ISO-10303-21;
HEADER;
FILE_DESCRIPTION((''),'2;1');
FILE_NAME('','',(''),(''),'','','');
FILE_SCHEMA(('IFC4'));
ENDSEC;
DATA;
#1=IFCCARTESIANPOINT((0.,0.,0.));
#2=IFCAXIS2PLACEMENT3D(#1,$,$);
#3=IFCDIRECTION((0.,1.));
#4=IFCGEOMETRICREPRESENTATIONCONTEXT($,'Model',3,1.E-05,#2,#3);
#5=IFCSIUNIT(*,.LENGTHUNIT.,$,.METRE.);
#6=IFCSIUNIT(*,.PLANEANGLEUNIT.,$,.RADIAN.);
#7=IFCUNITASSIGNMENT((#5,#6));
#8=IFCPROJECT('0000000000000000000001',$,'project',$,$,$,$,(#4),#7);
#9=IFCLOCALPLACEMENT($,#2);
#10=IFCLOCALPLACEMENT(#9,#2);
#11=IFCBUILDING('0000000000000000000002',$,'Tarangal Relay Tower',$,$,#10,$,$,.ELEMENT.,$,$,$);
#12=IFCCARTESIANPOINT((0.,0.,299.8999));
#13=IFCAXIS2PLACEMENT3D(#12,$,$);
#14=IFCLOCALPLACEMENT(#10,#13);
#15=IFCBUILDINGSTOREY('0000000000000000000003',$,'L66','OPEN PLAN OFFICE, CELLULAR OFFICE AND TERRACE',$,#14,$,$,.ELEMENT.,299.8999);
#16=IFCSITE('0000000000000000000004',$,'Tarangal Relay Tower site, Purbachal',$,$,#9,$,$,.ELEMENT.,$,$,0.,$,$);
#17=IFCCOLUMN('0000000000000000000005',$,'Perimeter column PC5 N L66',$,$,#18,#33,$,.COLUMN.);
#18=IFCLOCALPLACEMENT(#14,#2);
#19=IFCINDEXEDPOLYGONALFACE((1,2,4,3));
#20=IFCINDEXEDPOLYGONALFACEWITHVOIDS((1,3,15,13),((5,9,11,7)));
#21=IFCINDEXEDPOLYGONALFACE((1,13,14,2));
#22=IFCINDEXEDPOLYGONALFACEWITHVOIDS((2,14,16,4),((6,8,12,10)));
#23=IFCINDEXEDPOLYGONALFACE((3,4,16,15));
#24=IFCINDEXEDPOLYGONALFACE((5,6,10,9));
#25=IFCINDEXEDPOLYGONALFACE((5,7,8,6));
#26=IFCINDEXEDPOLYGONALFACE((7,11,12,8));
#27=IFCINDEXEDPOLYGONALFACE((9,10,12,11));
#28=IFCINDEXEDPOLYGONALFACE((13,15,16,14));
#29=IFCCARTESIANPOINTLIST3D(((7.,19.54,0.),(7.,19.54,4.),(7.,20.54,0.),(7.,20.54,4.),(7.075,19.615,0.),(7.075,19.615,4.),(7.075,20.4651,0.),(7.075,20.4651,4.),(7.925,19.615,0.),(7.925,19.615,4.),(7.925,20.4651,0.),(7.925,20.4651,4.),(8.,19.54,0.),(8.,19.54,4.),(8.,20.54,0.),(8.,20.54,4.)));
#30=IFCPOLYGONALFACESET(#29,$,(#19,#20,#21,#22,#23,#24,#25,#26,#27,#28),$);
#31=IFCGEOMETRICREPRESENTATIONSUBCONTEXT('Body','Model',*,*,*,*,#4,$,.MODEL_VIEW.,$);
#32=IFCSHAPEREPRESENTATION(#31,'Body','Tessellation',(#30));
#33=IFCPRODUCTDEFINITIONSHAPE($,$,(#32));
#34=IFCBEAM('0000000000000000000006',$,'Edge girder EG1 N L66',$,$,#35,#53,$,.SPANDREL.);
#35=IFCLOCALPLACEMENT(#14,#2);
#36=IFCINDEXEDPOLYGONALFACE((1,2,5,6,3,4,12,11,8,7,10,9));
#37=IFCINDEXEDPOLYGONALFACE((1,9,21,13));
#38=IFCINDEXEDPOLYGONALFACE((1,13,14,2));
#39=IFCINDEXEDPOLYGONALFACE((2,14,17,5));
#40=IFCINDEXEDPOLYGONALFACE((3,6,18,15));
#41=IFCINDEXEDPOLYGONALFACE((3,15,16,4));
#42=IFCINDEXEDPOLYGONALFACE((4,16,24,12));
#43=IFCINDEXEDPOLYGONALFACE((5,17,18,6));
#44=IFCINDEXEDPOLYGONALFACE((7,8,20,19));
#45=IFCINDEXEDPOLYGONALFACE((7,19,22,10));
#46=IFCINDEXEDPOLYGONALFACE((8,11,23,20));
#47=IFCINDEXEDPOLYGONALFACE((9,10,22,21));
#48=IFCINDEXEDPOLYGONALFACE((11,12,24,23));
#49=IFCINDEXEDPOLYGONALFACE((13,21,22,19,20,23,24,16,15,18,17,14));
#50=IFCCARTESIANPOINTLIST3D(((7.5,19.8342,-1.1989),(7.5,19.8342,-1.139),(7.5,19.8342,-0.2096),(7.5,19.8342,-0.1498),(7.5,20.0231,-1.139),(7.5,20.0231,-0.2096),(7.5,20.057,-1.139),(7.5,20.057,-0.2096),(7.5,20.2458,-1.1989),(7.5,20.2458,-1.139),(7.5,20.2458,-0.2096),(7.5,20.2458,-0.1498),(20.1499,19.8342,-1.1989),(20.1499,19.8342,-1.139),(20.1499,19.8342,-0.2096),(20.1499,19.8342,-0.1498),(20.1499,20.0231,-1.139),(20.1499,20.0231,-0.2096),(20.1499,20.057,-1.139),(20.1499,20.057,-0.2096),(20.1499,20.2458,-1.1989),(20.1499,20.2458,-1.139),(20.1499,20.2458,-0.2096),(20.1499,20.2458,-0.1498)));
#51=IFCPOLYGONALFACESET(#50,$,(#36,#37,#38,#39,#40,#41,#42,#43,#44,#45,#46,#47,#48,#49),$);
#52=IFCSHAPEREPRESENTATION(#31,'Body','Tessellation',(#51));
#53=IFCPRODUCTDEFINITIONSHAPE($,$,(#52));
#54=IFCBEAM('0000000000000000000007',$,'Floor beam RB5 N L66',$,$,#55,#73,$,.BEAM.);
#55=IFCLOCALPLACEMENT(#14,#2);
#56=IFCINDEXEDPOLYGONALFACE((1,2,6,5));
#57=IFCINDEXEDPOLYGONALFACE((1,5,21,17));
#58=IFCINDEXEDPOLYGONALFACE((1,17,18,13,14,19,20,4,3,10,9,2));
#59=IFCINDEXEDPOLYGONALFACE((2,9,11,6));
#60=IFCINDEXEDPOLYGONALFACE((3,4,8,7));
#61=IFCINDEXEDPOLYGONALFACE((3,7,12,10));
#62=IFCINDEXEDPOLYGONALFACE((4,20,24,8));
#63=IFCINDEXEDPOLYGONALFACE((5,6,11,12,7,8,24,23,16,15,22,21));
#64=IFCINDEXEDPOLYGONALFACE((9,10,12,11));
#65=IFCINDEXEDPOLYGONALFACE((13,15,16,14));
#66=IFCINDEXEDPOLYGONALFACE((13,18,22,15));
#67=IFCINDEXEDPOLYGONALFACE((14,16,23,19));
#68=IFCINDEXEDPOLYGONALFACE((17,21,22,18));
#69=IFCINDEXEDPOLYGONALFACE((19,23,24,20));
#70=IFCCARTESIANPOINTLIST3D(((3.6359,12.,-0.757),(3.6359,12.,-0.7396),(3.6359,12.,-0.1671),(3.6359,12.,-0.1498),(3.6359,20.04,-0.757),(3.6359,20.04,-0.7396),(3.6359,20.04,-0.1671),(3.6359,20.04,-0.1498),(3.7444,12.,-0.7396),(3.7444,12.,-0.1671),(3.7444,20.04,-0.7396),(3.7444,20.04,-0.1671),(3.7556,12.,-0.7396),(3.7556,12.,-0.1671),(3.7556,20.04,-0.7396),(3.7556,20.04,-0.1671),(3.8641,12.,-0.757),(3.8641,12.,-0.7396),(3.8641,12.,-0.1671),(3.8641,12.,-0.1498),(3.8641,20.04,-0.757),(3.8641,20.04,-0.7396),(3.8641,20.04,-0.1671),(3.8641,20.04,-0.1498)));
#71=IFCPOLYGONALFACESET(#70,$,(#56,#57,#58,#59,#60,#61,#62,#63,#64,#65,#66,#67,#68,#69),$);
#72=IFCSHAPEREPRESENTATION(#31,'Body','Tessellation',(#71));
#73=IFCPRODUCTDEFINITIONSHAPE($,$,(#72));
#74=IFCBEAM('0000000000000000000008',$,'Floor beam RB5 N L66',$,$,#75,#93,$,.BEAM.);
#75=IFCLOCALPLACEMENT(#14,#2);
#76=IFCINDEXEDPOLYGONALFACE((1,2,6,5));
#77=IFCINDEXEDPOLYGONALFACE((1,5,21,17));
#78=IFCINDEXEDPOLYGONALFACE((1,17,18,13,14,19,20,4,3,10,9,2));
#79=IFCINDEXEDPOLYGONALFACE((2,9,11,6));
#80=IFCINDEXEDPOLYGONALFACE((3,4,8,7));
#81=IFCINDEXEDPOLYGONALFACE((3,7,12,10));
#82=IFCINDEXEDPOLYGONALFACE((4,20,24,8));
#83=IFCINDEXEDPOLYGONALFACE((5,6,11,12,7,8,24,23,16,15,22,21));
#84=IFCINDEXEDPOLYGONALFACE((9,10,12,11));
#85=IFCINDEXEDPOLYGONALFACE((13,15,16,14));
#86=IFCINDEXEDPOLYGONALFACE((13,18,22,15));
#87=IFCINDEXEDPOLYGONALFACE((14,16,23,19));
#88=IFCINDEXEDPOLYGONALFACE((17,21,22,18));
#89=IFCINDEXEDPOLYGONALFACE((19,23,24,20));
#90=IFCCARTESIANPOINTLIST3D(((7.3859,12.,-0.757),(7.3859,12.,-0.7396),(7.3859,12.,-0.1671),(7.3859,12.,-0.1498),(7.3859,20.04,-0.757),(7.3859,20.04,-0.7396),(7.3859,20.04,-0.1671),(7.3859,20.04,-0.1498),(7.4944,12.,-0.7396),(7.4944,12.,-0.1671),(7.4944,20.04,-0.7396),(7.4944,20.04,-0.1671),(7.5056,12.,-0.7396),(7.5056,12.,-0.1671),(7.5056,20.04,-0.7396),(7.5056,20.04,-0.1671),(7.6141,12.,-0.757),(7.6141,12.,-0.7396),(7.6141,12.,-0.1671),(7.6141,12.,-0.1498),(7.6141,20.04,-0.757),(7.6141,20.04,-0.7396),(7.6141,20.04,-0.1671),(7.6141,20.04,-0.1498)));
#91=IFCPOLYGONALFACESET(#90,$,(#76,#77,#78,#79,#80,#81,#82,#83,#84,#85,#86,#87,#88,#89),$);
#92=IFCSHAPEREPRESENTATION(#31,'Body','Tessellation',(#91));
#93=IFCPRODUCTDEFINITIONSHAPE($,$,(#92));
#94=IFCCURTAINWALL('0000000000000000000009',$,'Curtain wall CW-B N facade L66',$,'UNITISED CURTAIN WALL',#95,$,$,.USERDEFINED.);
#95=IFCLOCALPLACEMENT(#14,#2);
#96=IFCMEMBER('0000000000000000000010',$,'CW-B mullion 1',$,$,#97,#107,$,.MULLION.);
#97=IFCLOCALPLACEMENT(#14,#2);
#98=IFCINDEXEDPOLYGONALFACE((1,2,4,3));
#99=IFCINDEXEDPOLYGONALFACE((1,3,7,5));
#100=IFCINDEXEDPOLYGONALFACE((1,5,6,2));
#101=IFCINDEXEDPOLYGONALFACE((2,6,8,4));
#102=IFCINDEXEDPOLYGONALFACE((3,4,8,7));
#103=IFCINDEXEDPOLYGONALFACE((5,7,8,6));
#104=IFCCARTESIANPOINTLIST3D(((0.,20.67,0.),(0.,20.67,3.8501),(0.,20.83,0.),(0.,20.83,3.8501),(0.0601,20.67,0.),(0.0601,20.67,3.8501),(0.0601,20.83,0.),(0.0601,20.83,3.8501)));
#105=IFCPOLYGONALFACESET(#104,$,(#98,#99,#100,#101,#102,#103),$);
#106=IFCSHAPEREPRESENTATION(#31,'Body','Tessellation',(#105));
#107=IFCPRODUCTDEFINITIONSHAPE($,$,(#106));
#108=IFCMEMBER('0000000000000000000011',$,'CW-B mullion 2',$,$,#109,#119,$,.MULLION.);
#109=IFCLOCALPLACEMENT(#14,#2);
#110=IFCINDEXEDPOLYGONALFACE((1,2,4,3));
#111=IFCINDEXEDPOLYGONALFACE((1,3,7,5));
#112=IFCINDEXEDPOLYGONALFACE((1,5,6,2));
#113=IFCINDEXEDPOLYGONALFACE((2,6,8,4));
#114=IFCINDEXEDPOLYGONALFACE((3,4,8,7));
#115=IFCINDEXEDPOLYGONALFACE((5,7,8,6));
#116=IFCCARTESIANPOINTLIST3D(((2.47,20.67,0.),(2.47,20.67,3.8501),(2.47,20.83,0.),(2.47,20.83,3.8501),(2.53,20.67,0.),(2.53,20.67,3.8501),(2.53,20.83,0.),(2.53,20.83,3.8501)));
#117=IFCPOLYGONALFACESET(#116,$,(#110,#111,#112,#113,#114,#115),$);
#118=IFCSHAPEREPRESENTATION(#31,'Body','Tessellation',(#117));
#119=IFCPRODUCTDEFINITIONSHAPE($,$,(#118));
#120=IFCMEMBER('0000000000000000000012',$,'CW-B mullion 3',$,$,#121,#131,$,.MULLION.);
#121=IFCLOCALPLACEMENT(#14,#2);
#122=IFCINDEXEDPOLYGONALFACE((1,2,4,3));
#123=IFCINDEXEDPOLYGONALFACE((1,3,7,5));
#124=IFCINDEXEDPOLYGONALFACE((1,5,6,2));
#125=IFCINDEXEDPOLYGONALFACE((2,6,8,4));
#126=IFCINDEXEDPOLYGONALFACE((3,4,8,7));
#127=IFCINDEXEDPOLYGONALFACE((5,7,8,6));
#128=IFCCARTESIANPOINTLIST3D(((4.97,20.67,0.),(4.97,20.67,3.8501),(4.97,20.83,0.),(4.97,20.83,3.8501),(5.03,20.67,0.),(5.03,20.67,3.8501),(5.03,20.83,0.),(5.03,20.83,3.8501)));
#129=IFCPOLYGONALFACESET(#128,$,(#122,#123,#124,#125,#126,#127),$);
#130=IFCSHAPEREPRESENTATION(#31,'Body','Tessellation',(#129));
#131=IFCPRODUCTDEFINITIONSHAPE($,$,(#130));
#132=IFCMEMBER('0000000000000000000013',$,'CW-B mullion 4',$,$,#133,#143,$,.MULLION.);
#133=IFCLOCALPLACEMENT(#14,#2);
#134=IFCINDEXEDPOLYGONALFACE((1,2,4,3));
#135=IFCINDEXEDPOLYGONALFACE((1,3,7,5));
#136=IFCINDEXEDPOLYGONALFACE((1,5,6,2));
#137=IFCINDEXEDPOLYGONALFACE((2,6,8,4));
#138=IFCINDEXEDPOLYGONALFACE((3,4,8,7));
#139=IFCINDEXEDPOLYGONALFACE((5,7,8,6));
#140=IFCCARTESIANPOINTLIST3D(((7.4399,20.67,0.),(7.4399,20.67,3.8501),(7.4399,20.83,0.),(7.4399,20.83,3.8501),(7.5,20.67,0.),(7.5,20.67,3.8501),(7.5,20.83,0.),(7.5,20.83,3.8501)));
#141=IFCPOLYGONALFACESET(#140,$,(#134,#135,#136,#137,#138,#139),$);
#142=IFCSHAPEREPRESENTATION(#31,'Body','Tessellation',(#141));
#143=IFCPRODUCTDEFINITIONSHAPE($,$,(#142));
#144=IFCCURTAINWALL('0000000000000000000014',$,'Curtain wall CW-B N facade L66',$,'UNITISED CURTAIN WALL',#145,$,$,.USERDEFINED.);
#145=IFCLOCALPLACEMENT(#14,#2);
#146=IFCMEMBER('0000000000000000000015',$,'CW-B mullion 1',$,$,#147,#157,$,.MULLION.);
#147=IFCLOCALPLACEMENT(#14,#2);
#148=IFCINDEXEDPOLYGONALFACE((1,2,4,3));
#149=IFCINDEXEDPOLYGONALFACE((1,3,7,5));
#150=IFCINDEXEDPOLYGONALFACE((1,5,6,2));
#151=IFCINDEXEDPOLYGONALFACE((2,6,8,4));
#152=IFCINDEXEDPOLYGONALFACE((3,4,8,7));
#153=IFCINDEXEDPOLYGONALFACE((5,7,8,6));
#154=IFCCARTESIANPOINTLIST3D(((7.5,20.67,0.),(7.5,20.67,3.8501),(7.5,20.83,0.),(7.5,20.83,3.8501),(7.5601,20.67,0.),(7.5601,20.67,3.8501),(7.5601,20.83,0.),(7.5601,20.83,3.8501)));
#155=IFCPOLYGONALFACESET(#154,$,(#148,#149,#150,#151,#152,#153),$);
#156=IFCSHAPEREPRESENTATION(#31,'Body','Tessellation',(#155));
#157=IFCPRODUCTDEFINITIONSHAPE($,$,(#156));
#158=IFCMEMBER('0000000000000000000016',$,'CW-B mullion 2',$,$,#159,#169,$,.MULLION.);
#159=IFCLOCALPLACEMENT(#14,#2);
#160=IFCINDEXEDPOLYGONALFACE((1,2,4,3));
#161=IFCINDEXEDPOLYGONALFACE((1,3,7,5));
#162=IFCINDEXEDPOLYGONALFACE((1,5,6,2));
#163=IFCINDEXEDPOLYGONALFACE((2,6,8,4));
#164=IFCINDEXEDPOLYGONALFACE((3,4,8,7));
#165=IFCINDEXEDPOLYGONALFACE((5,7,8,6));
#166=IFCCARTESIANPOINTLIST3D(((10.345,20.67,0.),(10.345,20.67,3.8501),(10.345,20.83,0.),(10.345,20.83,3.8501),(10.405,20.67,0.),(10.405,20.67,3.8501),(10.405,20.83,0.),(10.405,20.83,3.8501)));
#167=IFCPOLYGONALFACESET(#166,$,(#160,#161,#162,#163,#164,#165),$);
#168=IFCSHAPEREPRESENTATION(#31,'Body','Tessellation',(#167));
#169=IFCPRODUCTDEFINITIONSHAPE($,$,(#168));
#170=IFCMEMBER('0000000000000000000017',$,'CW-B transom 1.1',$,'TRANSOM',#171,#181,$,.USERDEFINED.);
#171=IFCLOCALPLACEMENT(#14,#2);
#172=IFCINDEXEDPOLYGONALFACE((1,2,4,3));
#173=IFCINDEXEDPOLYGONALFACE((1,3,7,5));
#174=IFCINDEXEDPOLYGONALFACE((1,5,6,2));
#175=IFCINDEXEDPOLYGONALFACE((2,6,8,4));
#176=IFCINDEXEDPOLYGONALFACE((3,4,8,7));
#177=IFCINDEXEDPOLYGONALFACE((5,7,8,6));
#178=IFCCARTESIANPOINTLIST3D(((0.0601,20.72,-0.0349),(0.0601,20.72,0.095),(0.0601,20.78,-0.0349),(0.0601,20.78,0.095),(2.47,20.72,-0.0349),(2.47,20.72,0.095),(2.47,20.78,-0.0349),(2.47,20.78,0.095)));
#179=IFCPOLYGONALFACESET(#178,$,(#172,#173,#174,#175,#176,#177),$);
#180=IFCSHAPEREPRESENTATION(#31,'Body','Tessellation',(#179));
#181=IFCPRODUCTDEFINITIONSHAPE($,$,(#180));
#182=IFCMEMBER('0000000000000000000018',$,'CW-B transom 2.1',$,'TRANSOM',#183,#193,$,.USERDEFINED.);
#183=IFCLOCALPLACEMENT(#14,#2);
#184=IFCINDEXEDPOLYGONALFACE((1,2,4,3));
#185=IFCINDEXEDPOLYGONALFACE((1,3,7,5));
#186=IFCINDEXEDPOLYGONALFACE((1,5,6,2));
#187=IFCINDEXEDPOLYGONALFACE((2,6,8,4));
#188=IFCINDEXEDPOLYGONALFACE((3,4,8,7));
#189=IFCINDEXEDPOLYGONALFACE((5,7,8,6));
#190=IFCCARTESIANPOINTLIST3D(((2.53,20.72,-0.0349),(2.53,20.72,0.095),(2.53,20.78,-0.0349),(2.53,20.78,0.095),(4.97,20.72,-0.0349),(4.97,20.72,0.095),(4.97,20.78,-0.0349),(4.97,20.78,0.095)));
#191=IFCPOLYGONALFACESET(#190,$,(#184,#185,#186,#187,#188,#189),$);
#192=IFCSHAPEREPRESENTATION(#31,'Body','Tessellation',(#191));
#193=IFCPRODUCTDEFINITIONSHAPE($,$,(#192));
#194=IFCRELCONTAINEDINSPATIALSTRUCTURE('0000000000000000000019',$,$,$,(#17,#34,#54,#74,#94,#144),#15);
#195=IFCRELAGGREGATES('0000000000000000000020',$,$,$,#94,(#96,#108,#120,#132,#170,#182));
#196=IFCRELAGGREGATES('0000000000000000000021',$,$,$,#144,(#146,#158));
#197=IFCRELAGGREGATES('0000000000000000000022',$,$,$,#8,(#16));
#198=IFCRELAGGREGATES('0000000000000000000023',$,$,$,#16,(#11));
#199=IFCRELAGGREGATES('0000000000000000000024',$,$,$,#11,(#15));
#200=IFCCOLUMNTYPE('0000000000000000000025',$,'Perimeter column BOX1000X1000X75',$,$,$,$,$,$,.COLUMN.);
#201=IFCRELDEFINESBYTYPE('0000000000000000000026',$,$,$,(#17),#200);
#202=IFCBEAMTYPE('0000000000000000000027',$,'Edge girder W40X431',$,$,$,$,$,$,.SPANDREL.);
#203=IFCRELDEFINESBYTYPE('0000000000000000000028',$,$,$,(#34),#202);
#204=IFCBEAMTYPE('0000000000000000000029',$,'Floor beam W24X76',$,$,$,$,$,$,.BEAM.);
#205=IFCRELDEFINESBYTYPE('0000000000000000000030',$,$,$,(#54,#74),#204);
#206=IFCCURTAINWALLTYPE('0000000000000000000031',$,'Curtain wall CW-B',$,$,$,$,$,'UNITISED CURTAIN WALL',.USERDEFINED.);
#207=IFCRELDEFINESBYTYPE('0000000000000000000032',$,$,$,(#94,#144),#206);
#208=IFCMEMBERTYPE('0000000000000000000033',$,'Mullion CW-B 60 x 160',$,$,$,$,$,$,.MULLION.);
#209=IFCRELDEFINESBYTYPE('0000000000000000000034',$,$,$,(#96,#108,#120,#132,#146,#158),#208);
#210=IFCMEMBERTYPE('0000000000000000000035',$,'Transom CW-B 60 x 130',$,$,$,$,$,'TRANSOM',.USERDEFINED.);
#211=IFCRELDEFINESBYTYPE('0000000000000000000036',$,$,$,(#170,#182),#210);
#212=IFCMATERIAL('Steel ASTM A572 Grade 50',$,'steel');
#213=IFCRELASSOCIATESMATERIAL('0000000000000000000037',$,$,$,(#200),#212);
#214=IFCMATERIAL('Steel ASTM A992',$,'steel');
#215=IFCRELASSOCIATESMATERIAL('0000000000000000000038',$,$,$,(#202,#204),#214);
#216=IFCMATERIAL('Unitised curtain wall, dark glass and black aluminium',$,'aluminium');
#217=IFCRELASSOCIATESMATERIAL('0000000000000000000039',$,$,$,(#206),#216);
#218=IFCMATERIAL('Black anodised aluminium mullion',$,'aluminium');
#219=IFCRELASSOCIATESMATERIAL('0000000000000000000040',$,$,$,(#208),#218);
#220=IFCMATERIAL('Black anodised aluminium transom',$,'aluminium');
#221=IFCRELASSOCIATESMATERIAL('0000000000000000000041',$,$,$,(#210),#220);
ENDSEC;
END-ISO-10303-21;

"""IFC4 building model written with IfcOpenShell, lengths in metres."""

from ifc_helpers import new_model, si_unit, direction, frame, origin, origin_2d, place, context, subcontext, project, spatial, rectangle, hollow_rectangle, i_section, extrude, material, material_profile, profile_set, type_object, element, aggregate, save


model = new_model("IFC4")

# Units and contexts
model_context = context("Model", 3, precision=1e-05, world=origin(), true_north=direction((0.0, 1.0)))
body_context = subcontext(model_context, "Body", "Model", "MODEL_VIEW")
ifc_project = project(units=[si_unit("LENGTHUNIT", "METRE"), si_unit("PLANEANGLEUNIT", "RADIAN")], contexts=[model_context])

# Site, building, storey
site_placement = place(None, origin())
site = spatial("IfcSite", under=ifc_project, at=site_placement, Name="Tarangal Relay Tower site, Purbachal", CompositionType="ELEMENT", RefElevation=0.0)
building_placement = place(site_placement, origin())
building = spatial("IfcBuilding", under=site, at=building_placement, Name="Tarangal Relay Tower", CompositionType="ELEMENT")
storey_placement = place(building_placement, frame((0.0, 0.0, 299.8999)))
storey = spatial("IfcBuildingStorey", under=building, at=storey_placement, Name="L66", Description="OPEN PLAN OFFICE, CELLULAR OFFICE AND TERRACE", CompositionType="ELEMENT", Elevation=299.8999)

# Column
ifc_material_1 = material(Name="Steel ASTM A572 Grade 50", Category="steel")
ifc_material_profile_1 = material_profile(ifc_material_1, hollow_rectangle(XDim=1.0, YDim=1.0, WallThickness=0.075, at=origin_2d()), Name="BOX1000X1000X75")
ifc_profile_set_1 = profile_set([ifc_material_profile_1], Name="Steel ASTM A572 Grade 50")
column_type = type_object("IfcColumnType", Name="Perimeter column BOX1000X1000X75", PredefinedType="COLUMN", material=ifc_profile_set_1)
column_placement = place(storey_placement, frame((7.5, 20.04, 0.0), z_axis=(0.0, 0.0, 1.0), x_axis=(1.0, 0.0, 0.0)))
element("IfcColumn", 1, at=column_placement, inside=storey, type_object=column_type, Name="Perimeter column PC5 N L66", PredefinedType="COLUMN", context=body_context, shape_type="SweptSolid", body=[
    extrude(hollow_rectangle(XDim=1.0, YDim=1.0, WallThickness=0.075, at=origin_2d()), origin(), (0.0, 0.0, 1.0), 4.0),
])

# Beams
ifc_material_2 = material(Name="Steel ASTM A992", Category="steel")
ifc_material_profile_2 = material_profile(ifc_material_2, i_section(OverallWidth=0.4116, OverallDepth=1.0491, WebThickness=0.0339, FlangeThickness=0.0598, at=origin_2d()), Name="W40X431")
ifc_profile_set_2 = profile_set([ifc_material_profile_2], Name="Steel ASTM A992")
beam_type_1 = type_object("IfcBeamType", Name="Edge girder W40X431", PredefinedType="SPANDREL", material=ifc_profile_set_2)
beam_placement = place(storey_placement, frame((7.5, 20.04, -0.6743), z_axis=(1.0, 0.0, 0.0), x_axis=(0.0, 1.0, 0.0)))
element("IfcBeam", 2, at=beam_placement, inside=storey, type_object=beam_type_1, Name="Edge girder EG1 N L66", PredefinedType="SPANDREL", context=body_context, shape_type="SweptSolid", body=[
    extrude(i_section(OverallWidth=0.4116, OverallDepth=1.0491, WebThickness=0.0339, FlangeThickness=0.0598, at=origin_2d()), origin(), (0.0, 0.0, 1.0), 12.6499),
])
ifc_material_profile_3 = material_profile(ifc_material_2, i_section(OverallWidth=0.2283, OverallDepth=0.6072, WebThickness=0.0112, FlangeThickness=0.0173, at=origin_2d()), Name="W24X76")
ifc_profile_set_3 = profile_set([ifc_material_profile_3], Name="Steel ASTM A992")
beam_type_2 = type_object("IfcBeamType", Name="Floor beam W24X76", PredefinedType="BEAM", material=ifc_profile_set_3)
for number, where, z_axis, x_axis, name in (
    (3, (3.75, 12.0, -0.4534), (0.0, 1.0, 0.0), (-1.0, 0.0, 0.0), "Floor beam RB5 N L66"),
    (4, (7.5, 12.0, -0.4534), (0.0, 1.0, 0.0), (-1.0, 0.0, 0.0), "Floor beam RB5 N L66"),
):
    element("IfcBeam", number, at=place(storey_placement, frame(where, z_axis=z_axis, x_axis=x_axis)), inside=storey, type_object=beam_type_2, Name=name, PredefinedType="BEAM", context=body_context, shape_type="SweptSolid", body=[
        extrude(i_section(OverallWidth=0.2283, OverallDepth=0.6072, WebThickness=0.0112, FlangeThickness=0.0173, at=origin_2d()), origin(), (0.0, 0.0, 1.0), 8.04),
    ])

# Curtain walls, members
ifc_material_3 = material(Name="Unitised curtain wall, dark glass and black aluminium", Category="aluminium")
curtain_wall_type = type_object("IfcCurtainWallType", Name="Curtain wall CW-B", ElementType="UNITISED CURTAIN WALL", PredefinedType="USERDEFINED", material=ifc_material_3)
curtain_wall_1_placement = place(storey_placement, origin())
curtain_wall_1 = element("IfcCurtainWall", 5, at=curtain_wall_1_placement, inside=storey, type_object=curtain_wall_type, Name="Curtain wall CW-B N facade L66", ObjectType="UNITISED CURTAIN WALL", PredefinedType="USERDEFINED")
ifc_material_4 = material(Name="Black anodised aluminium mullion", Category="aluminium")
ifc_material_profile_4 = material_profile(ifc_material_4, rectangle(XDim=0.1599, YDim=0.0601, at=origin_2d()), Name="CW-BM 60X160")
ifc_profile_set_4 = profile_set([ifc_material_profile_4], Name="Black anodised aluminium mullion")
member_type_1 = type_object("IfcMemberType", Name="Mullion CW-B 60 x 160", PredefinedType="MULLION", material=ifc_profile_set_4)
member_1_placement = place(storey_placement, frame((0.03, 20.75, 0.0), z_axis=(0.0, 0.0, 1.0), x_axis=(0.0, 1.0, 0.0)))
member_1 = element("IfcMember", 6, at=member_1_placement, type_object=member_type_1, Name="CW-B mullion 1", PredefinedType="MULLION", context=body_context, shape_type="SweptSolid", body=[
    extrude(rectangle(XDim=0.1599, YDim=0.0601, at=origin_2d()), origin(), (0.0, 0.0, 1.0), 3.8501),
])
member_2_placement = place(storey_placement, frame((2.5, 20.75, 0.0), z_axis=(0.0, 0.0, 1.0), x_axis=(0.0, 1.0, 0.0)))
member_2 = element("IfcMember", 7, at=member_2_placement, type_object=member_type_1, Name="CW-B mullion 2", PredefinedType="MULLION", context=body_context, shape_type="SweptSolid", body=[
    extrude(rectangle(XDim=0.1599, YDim=0.0601, at=origin_2d()), origin(), (0.0, 0.0, 1.0), 3.8501),
])
member_3_placement = place(storey_placement, frame((5.0, 20.75, 0.0), z_axis=(0.0, 0.0, 1.0), x_axis=(0.0, 1.0, 0.0)))
member_3 = element("IfcMember", 8, at=member_3_placement, type_object=member_type_1, Name="CW-B mullion 3", PredefinedType="MULLION", context=body_context, shape_type="SweptSolid", body=[
    extrude(rectangle(XDim=0.1599, YDim=0.0601, at=origin_2d()), origin(), (0.0, 0.0, 1.0), 3.8501),
])
member_4_placement = place(storey_placement, frame((7.47, 20.75, 0.0), z_axis=(0.0, 0.0, 1.0), x_axis=(0.0, 1.0, 0.0)))
member_4 = element("IfcMember", 9, at=member_4_placement, type_object=member_type_1, Name="CW-B mullion 4", PredefinedType="MULLION", context=body_context, shape_type="SweptSolid", body=[
    extrude(rectangle(XDim=0.1599, YDim=0.0601, at=origin_2d()), origin(), (0.0, 0.0, 1.0), 3.8501),
])
curtain_wall_2_placement = place(storey_placement, origin())
curtain_wall_2 = element("IfcCurtainWall", 10, at=curtain_wall_2_placement, inside=storey, type_object=curtain_wall_type, Name="Curtain wall CW-B N facade L66", ObjectType="UNITISED CURTAIN WALL", PredefinedType="USERDEFINED")
member_5_placement = place(storey_placement, frame((7.53, 20.75, 0.0), z_axis=(0.0, 0.0, 1.0), x_axis=(0.0, 1.0, 0.0)))
member_5 = element("IfcMember", 11, at=member_5_placement, type_object=member_type_1, Name="CW-B mullion 1", PredefinedType="MULLION", context=body_context, shape_type="SweptSolid", body=[
    extrude(rectangle(XDim=0.1599, YDim=0.0601, at=origin_2d()), origin(), (0.0, 0.0, 1.0), 3.8501),
])
member_6_placement = place(storey_placement, frame((10.375, 20.75, 0.0), z_axis=(0.0, 0.0, 1.0), x_axis=(0.0, 1.0, 0.0)))
member_6 = element("IfcMember", 12, at=member_6_placement, type_object=member_type_1, Name="CW-B mullion 2", PredefinedType="MULLION", context=body_context, shape_type="SweptSolid", body=[
    extrude(rectangle(XDim=0.1599, YDim=0.0601, at=origin_2d()), origin(), (0.0, 0.0, 1.0), 3.8501),
])

# Members
ifc_material_5 = material(Name="Black anodised aluminium transom", Category="aluminium")
ifc_material_profile_5 = material_profile(ifc_material_5, rectangle(XDim=0.0601, YDim=0.1299, at=origin_2d()), Name="CW-BT 60X130")
ifc_profile_set_5 = profile_set([ifc_material_profile_5], Name="Black anodised aluminium transom")
member_type_2 = type_object("IfcMemberType", Name="Transom CW-B 60 x 130", ElementType="TRANSOM", PredefinedType="USERDEFINED", material=ifc_profile_set_5)
member_7_placement = place(storey_placement, frame((0.0601, 20.75, 0.03), z_axis=(1.0, 0.0, 0.0), x_axis=(0.0, 1.0, 0.0)))
member_7 = element("IfcMember", 13, at=member_7_placement, type_object=member_type_2, Name="CW-B transom 1.1", ObjectType="TRANSOM", PredefinedType="USERDEFINED", context=body_context, shape_type="SweptSolid", body=[
    extrude(rectangle(XDim=0.0601, YDim=0.1299, at=origin_2d()), origin(), (0.0, 0.0, 1.0), 2.4099),
])
member_8_placement = place(storey_placement, frame((2.53, 20.75, 0.03), z_axis=(1.0, 0.0, 0.0), x_axis=(0.0, 1.0, 0.0)))
member_8 = element("IfcMember", 14, at=member_8_placement, type_object=member_type_2, Name="CW-B transom 2.1", ObjectType="TRANSOM", PredefinedType="USERDEFINED", context=body_context, shape_type="SweptSolid", body=[
    extrude(rectangle(XDim=0.0601, YDim=0.1299, at=origin_2d()), origin(), (0.0, 0.0, 1.0), 2.4399),
])

aggregate(curtain_wall_1, [member_1, member_2, member_3, member_4, member_7, member_8])
aggregate(curtain_wall_2, [member_5, member_6])

save(model, "model.ifc")
